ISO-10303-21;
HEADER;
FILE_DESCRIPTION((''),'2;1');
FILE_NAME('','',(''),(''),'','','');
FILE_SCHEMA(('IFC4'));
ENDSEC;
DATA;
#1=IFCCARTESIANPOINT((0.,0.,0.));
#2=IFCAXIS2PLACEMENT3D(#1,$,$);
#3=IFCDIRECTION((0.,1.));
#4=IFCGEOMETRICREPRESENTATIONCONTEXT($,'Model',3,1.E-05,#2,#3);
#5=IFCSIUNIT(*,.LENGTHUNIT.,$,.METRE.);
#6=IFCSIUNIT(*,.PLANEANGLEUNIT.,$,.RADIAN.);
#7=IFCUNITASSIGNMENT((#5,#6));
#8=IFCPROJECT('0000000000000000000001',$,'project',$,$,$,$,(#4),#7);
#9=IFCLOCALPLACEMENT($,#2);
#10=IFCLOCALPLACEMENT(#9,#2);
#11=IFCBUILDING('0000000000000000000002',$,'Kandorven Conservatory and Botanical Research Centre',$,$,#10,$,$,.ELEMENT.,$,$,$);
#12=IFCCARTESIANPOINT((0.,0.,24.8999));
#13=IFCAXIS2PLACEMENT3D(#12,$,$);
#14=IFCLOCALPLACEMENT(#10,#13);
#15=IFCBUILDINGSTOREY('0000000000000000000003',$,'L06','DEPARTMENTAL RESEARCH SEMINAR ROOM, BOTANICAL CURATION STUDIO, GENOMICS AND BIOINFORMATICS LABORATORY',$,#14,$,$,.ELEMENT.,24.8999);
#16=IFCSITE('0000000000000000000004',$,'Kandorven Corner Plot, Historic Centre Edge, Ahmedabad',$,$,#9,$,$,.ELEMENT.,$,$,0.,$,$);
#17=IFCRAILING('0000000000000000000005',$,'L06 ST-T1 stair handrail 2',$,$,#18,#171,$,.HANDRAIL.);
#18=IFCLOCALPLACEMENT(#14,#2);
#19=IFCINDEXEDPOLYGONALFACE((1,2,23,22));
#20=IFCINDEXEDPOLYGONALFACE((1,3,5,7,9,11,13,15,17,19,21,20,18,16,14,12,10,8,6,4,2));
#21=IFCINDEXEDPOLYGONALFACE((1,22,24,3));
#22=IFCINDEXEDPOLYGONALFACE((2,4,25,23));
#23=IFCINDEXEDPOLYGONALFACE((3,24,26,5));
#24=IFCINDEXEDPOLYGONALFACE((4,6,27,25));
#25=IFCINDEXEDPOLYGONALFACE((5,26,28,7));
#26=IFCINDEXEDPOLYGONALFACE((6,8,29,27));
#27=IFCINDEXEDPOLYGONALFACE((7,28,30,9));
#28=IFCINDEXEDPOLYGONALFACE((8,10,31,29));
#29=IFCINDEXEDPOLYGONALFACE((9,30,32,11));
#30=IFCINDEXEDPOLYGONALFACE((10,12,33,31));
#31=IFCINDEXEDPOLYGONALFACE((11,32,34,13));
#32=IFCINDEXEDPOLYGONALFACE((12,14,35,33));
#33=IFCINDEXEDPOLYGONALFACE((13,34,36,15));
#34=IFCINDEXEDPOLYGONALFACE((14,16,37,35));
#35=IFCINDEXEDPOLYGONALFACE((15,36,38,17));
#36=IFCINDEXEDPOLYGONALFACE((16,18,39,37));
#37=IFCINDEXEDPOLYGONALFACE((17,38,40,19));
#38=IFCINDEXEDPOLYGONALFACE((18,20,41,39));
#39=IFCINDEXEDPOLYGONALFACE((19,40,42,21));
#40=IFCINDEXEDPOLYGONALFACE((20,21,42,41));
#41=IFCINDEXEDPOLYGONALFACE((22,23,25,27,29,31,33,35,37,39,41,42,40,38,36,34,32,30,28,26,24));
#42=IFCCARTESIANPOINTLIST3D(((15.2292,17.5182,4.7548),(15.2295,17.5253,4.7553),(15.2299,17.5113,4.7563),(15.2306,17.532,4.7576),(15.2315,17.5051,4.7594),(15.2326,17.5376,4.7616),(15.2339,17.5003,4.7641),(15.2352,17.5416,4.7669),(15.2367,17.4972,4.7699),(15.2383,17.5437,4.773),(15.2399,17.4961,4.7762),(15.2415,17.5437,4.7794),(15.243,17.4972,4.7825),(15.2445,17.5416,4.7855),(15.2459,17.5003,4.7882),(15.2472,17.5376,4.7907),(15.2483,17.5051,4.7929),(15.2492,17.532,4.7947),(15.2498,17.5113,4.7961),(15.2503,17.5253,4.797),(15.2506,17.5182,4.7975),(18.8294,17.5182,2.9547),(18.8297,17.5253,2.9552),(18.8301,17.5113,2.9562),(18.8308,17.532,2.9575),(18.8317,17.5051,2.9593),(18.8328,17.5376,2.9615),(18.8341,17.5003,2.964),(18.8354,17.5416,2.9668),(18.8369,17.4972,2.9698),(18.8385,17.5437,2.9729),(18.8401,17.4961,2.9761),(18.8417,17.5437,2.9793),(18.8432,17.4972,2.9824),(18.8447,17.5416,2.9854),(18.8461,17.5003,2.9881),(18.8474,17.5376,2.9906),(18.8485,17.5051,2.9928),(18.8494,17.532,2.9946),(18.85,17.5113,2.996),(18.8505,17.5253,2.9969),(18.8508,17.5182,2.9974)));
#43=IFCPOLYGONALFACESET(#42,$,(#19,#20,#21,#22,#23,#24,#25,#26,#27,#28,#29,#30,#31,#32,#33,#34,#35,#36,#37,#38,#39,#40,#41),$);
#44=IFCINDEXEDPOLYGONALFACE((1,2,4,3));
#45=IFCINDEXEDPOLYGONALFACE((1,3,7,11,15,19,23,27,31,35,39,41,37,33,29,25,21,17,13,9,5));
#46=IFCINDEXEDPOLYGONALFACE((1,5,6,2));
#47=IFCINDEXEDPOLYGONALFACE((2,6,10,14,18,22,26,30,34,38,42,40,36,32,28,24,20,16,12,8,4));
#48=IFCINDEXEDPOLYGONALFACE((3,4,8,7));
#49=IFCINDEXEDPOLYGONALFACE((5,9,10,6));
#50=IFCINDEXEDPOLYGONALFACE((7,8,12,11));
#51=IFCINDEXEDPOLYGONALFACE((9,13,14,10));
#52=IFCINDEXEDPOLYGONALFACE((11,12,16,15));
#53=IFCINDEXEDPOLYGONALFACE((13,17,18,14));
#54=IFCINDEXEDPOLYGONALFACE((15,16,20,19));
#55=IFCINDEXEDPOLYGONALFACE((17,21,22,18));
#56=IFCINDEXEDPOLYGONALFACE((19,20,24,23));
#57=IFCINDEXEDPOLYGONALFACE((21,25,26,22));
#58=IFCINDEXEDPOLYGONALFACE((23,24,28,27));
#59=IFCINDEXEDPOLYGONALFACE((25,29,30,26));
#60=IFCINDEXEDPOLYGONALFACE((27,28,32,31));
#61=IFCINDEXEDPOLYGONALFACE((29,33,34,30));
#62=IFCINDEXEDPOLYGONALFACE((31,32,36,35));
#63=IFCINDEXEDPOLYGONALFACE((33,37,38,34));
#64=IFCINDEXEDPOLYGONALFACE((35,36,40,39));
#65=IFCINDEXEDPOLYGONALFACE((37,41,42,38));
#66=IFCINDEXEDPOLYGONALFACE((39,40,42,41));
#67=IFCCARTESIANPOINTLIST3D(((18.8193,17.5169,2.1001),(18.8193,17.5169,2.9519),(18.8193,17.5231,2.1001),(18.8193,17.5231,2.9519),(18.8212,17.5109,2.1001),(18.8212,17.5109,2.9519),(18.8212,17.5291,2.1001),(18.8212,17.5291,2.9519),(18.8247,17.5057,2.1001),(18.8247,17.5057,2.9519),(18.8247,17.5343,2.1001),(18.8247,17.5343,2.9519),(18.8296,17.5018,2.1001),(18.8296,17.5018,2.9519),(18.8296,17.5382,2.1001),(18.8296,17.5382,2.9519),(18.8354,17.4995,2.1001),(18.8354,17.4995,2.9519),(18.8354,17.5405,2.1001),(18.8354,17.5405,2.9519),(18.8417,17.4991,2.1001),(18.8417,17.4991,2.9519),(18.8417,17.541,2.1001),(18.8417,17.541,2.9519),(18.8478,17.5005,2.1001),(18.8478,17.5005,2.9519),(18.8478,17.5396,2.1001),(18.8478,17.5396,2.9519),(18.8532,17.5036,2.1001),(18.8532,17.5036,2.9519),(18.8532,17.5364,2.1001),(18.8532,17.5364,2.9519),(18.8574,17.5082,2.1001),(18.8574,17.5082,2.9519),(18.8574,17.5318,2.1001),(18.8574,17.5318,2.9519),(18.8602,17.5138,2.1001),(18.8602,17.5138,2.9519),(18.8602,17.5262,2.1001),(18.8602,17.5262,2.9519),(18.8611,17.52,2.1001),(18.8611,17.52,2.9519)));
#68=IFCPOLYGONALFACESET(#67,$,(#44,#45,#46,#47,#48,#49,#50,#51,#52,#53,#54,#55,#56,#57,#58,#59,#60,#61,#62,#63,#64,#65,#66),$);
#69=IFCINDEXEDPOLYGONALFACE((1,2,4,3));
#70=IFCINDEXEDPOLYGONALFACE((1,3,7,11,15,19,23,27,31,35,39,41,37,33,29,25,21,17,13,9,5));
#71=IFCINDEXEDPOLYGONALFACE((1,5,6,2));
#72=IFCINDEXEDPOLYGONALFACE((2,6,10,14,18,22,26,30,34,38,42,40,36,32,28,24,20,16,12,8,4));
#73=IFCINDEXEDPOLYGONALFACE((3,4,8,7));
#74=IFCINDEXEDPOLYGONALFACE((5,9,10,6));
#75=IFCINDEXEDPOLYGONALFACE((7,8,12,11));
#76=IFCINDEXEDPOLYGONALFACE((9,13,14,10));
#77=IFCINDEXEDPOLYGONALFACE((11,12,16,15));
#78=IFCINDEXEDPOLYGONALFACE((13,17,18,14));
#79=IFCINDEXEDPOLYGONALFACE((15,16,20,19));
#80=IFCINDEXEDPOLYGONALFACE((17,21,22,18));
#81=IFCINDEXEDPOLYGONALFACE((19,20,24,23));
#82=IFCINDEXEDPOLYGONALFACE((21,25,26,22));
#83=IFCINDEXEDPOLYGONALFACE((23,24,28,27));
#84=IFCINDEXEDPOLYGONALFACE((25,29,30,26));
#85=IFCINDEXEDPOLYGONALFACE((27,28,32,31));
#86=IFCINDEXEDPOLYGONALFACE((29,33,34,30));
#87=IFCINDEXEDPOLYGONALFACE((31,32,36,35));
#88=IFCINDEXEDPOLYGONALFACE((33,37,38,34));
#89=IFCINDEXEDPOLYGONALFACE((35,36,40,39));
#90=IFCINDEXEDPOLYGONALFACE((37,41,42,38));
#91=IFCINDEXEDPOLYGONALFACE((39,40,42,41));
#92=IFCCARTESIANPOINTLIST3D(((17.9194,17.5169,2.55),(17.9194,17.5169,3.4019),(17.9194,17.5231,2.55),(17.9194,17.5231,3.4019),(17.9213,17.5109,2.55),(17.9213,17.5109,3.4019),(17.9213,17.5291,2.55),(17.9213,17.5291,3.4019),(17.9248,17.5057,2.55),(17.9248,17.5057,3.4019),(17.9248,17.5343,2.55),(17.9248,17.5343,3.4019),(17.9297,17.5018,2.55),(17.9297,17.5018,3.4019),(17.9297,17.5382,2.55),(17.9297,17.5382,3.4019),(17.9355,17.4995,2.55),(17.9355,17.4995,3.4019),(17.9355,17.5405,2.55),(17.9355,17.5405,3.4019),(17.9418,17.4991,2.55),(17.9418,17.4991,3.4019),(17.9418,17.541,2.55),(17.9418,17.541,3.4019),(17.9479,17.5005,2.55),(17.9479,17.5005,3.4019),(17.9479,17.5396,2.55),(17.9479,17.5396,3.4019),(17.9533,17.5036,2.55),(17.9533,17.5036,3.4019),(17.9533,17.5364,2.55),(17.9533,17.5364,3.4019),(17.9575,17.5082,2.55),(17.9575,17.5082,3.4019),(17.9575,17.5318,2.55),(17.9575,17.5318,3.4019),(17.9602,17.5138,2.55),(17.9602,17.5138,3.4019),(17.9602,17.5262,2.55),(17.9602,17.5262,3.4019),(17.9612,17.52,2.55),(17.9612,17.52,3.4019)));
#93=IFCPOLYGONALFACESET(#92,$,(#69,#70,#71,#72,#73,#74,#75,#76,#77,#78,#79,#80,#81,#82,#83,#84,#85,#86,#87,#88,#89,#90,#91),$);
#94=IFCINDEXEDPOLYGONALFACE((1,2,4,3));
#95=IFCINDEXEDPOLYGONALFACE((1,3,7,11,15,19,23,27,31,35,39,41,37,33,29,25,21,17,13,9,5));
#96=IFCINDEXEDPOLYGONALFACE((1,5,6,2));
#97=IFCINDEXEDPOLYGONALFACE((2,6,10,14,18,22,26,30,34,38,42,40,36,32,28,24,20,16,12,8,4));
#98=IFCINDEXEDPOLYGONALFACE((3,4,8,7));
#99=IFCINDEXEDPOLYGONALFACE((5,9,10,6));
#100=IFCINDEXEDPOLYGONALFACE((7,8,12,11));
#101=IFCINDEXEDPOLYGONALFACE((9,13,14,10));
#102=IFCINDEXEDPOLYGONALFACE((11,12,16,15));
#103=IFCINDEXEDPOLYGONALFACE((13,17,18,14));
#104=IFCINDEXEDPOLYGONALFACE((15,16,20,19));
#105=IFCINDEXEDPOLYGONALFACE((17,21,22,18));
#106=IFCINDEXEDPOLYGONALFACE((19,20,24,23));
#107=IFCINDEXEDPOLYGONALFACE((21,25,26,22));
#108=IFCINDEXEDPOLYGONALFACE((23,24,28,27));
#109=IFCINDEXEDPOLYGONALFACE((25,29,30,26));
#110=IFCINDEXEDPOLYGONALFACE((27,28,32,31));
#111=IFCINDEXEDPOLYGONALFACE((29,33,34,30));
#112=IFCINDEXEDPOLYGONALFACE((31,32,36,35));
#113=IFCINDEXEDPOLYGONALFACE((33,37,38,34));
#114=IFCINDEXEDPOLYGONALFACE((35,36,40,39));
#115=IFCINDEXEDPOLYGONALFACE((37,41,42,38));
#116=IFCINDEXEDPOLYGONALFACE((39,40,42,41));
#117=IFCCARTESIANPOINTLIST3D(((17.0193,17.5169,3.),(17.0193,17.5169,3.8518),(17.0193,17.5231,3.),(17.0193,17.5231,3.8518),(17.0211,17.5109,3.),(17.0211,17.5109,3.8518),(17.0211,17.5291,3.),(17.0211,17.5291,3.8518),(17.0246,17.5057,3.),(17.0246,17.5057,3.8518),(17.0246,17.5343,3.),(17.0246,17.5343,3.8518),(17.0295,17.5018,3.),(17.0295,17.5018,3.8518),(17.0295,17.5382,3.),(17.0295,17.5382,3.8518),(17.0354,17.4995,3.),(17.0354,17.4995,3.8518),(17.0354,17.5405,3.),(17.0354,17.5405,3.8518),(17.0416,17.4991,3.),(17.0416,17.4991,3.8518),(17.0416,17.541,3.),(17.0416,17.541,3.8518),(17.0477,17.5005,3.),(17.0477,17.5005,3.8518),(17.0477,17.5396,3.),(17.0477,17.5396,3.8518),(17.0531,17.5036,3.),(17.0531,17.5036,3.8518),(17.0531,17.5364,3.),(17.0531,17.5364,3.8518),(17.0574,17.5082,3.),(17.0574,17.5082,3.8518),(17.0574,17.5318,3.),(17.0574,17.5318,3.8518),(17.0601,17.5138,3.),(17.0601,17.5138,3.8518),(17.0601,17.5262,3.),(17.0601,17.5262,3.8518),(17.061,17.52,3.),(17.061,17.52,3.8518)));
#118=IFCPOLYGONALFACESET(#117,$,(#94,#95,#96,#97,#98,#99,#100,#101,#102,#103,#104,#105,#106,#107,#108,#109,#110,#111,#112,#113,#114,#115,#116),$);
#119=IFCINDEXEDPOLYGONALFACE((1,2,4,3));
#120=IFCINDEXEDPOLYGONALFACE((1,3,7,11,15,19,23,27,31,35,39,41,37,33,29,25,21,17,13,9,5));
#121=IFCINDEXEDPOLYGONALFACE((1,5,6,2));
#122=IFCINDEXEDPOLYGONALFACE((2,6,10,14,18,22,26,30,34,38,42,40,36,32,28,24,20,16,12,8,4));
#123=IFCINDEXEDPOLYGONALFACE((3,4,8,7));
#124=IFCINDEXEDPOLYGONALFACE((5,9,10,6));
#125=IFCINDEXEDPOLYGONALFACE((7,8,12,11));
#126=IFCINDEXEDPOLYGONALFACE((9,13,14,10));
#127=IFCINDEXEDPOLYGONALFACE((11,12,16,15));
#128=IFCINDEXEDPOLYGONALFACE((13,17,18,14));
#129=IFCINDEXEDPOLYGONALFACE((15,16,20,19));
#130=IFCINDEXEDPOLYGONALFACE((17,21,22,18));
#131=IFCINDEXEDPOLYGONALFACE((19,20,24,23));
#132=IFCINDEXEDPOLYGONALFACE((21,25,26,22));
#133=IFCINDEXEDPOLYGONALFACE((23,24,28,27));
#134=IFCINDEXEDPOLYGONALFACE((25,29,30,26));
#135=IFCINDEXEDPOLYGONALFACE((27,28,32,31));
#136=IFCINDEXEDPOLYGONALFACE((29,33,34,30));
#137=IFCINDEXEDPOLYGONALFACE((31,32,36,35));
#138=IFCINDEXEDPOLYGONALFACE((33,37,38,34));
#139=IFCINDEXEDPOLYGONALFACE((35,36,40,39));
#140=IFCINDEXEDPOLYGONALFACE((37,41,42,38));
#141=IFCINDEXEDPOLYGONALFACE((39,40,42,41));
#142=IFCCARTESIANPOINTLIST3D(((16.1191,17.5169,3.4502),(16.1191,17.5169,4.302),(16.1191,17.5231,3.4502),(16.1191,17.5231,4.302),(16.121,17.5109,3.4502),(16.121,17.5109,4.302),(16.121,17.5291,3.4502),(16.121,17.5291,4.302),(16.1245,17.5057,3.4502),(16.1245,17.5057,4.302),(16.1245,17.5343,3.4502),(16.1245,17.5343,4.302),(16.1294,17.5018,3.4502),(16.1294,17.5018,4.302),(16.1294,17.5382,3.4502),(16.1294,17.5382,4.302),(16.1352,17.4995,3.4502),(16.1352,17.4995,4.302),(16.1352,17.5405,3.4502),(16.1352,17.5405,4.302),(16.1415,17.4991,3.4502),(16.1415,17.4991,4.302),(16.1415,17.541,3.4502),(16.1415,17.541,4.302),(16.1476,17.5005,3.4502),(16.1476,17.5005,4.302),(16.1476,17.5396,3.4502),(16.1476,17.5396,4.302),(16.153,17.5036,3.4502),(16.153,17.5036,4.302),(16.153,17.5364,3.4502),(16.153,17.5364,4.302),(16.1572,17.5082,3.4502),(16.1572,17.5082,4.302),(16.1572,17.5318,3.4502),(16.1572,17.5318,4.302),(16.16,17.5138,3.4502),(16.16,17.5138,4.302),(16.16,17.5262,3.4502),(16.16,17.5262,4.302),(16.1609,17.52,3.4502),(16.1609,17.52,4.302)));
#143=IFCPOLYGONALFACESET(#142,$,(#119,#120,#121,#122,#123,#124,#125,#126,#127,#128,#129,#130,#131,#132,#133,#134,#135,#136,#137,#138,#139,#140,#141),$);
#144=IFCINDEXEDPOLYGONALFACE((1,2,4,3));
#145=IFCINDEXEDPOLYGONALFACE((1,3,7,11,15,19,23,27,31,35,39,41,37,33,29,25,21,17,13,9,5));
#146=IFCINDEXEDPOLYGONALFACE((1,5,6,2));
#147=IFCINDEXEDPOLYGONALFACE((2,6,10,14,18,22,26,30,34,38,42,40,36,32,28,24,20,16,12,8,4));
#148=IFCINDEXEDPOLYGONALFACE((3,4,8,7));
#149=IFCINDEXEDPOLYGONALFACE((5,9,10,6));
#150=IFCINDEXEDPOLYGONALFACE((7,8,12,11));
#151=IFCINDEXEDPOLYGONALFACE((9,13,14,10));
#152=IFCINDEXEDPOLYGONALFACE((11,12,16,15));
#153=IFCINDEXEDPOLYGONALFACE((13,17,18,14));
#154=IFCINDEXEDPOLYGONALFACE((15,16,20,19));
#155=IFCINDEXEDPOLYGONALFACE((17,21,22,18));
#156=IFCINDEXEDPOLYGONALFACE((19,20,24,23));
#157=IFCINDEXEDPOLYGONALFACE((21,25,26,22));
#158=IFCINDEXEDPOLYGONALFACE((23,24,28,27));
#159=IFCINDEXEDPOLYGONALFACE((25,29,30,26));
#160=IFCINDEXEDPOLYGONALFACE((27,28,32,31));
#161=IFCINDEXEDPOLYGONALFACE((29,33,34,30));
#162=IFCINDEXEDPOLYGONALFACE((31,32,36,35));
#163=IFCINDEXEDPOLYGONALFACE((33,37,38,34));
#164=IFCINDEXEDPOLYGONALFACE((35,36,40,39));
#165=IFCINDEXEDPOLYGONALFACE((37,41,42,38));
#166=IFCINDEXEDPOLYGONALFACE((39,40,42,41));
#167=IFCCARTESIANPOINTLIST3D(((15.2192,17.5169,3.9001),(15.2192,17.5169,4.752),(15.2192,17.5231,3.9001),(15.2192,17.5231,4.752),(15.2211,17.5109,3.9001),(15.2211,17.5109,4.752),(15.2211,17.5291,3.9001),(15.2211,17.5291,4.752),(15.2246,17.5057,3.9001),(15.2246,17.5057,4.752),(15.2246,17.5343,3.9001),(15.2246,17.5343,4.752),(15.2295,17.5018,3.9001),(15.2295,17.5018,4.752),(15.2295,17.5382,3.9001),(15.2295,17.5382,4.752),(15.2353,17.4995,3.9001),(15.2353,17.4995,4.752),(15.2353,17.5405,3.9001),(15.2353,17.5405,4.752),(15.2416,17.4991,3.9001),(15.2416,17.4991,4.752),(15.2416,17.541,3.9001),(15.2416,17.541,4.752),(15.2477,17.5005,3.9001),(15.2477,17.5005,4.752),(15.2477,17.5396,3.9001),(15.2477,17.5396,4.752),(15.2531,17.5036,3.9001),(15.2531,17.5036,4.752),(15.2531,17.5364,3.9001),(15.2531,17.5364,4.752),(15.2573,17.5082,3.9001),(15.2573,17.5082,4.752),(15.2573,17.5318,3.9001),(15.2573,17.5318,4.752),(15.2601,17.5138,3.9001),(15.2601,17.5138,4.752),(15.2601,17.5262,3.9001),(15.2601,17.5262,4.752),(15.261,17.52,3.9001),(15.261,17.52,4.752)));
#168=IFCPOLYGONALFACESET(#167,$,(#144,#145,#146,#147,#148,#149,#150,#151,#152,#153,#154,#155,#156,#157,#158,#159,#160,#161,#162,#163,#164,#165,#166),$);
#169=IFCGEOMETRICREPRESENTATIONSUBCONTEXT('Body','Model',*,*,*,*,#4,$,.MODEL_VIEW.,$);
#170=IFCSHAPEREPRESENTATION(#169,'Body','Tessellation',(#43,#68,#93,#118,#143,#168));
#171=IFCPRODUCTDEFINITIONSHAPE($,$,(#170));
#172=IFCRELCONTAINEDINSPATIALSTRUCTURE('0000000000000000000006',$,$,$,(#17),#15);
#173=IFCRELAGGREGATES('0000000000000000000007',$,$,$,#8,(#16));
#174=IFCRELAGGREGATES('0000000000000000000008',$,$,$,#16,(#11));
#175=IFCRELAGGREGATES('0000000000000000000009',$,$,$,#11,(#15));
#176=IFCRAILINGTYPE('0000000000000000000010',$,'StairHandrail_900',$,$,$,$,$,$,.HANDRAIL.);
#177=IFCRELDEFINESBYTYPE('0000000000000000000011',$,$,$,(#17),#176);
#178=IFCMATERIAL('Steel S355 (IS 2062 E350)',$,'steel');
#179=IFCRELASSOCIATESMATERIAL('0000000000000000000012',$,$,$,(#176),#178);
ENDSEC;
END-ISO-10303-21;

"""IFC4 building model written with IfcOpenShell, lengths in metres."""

from ifc_helpers import new_model, si_unit, direction, frame, origin, origin_2d, place, context, subcontext, project, spatial, circle, extrude, material, type_object, element, save


model = new_model("IFC4")

# Units and contexts
model_context = context("Model", 3, precision=1e-05, world=origin(), true_north=direction((0.0, 1.0)))
body_context = subcontext(model_context, "Body", "Model", "MODEL_VIEW")
ifc_project = project(units=[si_unit("LENGTHUNIT", "METRE"), si_unit("PLANEANGLEUNIT", "RADIAN")], contexts=[model_context])

# Site, building, storey
site_placement = place(None, origin())
site = spatial("IfcSite", under=ifc_project, at=site_placement, Name="Kandorven Corner Plot, Historic Centre Edge, Ahmedabad", CompositionType="ELEMENT", RefElevation=0.0)
building_placement = place(site_placement, origin())
building = spatial("IfcBuilding", under=site, at=building_placement, Name="Kandorven Conservatory and Botanical Research Centre", CompositionType="ELEMENT")
storey_placement = place(building_placement, frame((0.0, 0.0, 24.8999)))
storey = spatial("IfcBuildingStorey", under=building, at=storey_placement, Name="L06", Description="DEPARTMENTAL RESEARCH SEMINAR ROOM, BOTANICAL CURATION STUDIO, GENOMICS AND BIOINFORMATICS LABORATORY", CompositionType="ELEMENT", Elevation=24.8999)

# Railing
ifc_material_1 = material(Name="Steel S355 (IS 2062 E350)", Category="steel")
railing_type_1 = type_object("IfcRailingType", Name="StairHandrail_900", PredefinedType="HANDRAIL", material=ifc_material_1)
railing_1_placement = place(storey_placement, frame((18.8401, 17.52, 2.1001)))
element("IfcRailing", 1, at=railing_1_placement, inside=storey, type_object=railing_type_1, Name="L06 ST-T1 stair handrail 2", PredefinedType="HANDRAIL", context=body_context, shape_type="SweptSolid", body=[
    extrude(circle(Radius=0.0239, at=origin_2d()), frame((0.0, 0.0, 0.876), z_axis=(-0.894427, 0.0, 0.447214), x_axis=(0.0, -1.0, 0.0)), (0.0, 0.0, 1.0), 4.0251),
    extrude(circle(Radius=0.021, at=origin_2d()), origin(), (0.0, 0.0, 1.0), 0.8518),
    extrude(circle(Radius=0.021, at=origin_2d()), frame((-0.8999, 0.0, 0.45)), (0.0, 0.0, 1.0), 0.8518),
    extrude(circle(Radius=0.021, at=origin_2d()), frame((-1.8, 0.0, 0.8999)), (0.0, 0.0, 1.0), 0.8518),
    extrude(circle(Radius=0.021, at=origin_2d()), frame((-2.7002, 0.0, 1.3501)), (0.0, 0.0, 1.0), 0.8518),
    extrude(circle(Radius=0.021, at=origin_2d()), frame((-3.6001, 0.0, 1.8)), (0.0, 0.0, 1.0), 0.8518),
])

save(model, "model.ifc")
